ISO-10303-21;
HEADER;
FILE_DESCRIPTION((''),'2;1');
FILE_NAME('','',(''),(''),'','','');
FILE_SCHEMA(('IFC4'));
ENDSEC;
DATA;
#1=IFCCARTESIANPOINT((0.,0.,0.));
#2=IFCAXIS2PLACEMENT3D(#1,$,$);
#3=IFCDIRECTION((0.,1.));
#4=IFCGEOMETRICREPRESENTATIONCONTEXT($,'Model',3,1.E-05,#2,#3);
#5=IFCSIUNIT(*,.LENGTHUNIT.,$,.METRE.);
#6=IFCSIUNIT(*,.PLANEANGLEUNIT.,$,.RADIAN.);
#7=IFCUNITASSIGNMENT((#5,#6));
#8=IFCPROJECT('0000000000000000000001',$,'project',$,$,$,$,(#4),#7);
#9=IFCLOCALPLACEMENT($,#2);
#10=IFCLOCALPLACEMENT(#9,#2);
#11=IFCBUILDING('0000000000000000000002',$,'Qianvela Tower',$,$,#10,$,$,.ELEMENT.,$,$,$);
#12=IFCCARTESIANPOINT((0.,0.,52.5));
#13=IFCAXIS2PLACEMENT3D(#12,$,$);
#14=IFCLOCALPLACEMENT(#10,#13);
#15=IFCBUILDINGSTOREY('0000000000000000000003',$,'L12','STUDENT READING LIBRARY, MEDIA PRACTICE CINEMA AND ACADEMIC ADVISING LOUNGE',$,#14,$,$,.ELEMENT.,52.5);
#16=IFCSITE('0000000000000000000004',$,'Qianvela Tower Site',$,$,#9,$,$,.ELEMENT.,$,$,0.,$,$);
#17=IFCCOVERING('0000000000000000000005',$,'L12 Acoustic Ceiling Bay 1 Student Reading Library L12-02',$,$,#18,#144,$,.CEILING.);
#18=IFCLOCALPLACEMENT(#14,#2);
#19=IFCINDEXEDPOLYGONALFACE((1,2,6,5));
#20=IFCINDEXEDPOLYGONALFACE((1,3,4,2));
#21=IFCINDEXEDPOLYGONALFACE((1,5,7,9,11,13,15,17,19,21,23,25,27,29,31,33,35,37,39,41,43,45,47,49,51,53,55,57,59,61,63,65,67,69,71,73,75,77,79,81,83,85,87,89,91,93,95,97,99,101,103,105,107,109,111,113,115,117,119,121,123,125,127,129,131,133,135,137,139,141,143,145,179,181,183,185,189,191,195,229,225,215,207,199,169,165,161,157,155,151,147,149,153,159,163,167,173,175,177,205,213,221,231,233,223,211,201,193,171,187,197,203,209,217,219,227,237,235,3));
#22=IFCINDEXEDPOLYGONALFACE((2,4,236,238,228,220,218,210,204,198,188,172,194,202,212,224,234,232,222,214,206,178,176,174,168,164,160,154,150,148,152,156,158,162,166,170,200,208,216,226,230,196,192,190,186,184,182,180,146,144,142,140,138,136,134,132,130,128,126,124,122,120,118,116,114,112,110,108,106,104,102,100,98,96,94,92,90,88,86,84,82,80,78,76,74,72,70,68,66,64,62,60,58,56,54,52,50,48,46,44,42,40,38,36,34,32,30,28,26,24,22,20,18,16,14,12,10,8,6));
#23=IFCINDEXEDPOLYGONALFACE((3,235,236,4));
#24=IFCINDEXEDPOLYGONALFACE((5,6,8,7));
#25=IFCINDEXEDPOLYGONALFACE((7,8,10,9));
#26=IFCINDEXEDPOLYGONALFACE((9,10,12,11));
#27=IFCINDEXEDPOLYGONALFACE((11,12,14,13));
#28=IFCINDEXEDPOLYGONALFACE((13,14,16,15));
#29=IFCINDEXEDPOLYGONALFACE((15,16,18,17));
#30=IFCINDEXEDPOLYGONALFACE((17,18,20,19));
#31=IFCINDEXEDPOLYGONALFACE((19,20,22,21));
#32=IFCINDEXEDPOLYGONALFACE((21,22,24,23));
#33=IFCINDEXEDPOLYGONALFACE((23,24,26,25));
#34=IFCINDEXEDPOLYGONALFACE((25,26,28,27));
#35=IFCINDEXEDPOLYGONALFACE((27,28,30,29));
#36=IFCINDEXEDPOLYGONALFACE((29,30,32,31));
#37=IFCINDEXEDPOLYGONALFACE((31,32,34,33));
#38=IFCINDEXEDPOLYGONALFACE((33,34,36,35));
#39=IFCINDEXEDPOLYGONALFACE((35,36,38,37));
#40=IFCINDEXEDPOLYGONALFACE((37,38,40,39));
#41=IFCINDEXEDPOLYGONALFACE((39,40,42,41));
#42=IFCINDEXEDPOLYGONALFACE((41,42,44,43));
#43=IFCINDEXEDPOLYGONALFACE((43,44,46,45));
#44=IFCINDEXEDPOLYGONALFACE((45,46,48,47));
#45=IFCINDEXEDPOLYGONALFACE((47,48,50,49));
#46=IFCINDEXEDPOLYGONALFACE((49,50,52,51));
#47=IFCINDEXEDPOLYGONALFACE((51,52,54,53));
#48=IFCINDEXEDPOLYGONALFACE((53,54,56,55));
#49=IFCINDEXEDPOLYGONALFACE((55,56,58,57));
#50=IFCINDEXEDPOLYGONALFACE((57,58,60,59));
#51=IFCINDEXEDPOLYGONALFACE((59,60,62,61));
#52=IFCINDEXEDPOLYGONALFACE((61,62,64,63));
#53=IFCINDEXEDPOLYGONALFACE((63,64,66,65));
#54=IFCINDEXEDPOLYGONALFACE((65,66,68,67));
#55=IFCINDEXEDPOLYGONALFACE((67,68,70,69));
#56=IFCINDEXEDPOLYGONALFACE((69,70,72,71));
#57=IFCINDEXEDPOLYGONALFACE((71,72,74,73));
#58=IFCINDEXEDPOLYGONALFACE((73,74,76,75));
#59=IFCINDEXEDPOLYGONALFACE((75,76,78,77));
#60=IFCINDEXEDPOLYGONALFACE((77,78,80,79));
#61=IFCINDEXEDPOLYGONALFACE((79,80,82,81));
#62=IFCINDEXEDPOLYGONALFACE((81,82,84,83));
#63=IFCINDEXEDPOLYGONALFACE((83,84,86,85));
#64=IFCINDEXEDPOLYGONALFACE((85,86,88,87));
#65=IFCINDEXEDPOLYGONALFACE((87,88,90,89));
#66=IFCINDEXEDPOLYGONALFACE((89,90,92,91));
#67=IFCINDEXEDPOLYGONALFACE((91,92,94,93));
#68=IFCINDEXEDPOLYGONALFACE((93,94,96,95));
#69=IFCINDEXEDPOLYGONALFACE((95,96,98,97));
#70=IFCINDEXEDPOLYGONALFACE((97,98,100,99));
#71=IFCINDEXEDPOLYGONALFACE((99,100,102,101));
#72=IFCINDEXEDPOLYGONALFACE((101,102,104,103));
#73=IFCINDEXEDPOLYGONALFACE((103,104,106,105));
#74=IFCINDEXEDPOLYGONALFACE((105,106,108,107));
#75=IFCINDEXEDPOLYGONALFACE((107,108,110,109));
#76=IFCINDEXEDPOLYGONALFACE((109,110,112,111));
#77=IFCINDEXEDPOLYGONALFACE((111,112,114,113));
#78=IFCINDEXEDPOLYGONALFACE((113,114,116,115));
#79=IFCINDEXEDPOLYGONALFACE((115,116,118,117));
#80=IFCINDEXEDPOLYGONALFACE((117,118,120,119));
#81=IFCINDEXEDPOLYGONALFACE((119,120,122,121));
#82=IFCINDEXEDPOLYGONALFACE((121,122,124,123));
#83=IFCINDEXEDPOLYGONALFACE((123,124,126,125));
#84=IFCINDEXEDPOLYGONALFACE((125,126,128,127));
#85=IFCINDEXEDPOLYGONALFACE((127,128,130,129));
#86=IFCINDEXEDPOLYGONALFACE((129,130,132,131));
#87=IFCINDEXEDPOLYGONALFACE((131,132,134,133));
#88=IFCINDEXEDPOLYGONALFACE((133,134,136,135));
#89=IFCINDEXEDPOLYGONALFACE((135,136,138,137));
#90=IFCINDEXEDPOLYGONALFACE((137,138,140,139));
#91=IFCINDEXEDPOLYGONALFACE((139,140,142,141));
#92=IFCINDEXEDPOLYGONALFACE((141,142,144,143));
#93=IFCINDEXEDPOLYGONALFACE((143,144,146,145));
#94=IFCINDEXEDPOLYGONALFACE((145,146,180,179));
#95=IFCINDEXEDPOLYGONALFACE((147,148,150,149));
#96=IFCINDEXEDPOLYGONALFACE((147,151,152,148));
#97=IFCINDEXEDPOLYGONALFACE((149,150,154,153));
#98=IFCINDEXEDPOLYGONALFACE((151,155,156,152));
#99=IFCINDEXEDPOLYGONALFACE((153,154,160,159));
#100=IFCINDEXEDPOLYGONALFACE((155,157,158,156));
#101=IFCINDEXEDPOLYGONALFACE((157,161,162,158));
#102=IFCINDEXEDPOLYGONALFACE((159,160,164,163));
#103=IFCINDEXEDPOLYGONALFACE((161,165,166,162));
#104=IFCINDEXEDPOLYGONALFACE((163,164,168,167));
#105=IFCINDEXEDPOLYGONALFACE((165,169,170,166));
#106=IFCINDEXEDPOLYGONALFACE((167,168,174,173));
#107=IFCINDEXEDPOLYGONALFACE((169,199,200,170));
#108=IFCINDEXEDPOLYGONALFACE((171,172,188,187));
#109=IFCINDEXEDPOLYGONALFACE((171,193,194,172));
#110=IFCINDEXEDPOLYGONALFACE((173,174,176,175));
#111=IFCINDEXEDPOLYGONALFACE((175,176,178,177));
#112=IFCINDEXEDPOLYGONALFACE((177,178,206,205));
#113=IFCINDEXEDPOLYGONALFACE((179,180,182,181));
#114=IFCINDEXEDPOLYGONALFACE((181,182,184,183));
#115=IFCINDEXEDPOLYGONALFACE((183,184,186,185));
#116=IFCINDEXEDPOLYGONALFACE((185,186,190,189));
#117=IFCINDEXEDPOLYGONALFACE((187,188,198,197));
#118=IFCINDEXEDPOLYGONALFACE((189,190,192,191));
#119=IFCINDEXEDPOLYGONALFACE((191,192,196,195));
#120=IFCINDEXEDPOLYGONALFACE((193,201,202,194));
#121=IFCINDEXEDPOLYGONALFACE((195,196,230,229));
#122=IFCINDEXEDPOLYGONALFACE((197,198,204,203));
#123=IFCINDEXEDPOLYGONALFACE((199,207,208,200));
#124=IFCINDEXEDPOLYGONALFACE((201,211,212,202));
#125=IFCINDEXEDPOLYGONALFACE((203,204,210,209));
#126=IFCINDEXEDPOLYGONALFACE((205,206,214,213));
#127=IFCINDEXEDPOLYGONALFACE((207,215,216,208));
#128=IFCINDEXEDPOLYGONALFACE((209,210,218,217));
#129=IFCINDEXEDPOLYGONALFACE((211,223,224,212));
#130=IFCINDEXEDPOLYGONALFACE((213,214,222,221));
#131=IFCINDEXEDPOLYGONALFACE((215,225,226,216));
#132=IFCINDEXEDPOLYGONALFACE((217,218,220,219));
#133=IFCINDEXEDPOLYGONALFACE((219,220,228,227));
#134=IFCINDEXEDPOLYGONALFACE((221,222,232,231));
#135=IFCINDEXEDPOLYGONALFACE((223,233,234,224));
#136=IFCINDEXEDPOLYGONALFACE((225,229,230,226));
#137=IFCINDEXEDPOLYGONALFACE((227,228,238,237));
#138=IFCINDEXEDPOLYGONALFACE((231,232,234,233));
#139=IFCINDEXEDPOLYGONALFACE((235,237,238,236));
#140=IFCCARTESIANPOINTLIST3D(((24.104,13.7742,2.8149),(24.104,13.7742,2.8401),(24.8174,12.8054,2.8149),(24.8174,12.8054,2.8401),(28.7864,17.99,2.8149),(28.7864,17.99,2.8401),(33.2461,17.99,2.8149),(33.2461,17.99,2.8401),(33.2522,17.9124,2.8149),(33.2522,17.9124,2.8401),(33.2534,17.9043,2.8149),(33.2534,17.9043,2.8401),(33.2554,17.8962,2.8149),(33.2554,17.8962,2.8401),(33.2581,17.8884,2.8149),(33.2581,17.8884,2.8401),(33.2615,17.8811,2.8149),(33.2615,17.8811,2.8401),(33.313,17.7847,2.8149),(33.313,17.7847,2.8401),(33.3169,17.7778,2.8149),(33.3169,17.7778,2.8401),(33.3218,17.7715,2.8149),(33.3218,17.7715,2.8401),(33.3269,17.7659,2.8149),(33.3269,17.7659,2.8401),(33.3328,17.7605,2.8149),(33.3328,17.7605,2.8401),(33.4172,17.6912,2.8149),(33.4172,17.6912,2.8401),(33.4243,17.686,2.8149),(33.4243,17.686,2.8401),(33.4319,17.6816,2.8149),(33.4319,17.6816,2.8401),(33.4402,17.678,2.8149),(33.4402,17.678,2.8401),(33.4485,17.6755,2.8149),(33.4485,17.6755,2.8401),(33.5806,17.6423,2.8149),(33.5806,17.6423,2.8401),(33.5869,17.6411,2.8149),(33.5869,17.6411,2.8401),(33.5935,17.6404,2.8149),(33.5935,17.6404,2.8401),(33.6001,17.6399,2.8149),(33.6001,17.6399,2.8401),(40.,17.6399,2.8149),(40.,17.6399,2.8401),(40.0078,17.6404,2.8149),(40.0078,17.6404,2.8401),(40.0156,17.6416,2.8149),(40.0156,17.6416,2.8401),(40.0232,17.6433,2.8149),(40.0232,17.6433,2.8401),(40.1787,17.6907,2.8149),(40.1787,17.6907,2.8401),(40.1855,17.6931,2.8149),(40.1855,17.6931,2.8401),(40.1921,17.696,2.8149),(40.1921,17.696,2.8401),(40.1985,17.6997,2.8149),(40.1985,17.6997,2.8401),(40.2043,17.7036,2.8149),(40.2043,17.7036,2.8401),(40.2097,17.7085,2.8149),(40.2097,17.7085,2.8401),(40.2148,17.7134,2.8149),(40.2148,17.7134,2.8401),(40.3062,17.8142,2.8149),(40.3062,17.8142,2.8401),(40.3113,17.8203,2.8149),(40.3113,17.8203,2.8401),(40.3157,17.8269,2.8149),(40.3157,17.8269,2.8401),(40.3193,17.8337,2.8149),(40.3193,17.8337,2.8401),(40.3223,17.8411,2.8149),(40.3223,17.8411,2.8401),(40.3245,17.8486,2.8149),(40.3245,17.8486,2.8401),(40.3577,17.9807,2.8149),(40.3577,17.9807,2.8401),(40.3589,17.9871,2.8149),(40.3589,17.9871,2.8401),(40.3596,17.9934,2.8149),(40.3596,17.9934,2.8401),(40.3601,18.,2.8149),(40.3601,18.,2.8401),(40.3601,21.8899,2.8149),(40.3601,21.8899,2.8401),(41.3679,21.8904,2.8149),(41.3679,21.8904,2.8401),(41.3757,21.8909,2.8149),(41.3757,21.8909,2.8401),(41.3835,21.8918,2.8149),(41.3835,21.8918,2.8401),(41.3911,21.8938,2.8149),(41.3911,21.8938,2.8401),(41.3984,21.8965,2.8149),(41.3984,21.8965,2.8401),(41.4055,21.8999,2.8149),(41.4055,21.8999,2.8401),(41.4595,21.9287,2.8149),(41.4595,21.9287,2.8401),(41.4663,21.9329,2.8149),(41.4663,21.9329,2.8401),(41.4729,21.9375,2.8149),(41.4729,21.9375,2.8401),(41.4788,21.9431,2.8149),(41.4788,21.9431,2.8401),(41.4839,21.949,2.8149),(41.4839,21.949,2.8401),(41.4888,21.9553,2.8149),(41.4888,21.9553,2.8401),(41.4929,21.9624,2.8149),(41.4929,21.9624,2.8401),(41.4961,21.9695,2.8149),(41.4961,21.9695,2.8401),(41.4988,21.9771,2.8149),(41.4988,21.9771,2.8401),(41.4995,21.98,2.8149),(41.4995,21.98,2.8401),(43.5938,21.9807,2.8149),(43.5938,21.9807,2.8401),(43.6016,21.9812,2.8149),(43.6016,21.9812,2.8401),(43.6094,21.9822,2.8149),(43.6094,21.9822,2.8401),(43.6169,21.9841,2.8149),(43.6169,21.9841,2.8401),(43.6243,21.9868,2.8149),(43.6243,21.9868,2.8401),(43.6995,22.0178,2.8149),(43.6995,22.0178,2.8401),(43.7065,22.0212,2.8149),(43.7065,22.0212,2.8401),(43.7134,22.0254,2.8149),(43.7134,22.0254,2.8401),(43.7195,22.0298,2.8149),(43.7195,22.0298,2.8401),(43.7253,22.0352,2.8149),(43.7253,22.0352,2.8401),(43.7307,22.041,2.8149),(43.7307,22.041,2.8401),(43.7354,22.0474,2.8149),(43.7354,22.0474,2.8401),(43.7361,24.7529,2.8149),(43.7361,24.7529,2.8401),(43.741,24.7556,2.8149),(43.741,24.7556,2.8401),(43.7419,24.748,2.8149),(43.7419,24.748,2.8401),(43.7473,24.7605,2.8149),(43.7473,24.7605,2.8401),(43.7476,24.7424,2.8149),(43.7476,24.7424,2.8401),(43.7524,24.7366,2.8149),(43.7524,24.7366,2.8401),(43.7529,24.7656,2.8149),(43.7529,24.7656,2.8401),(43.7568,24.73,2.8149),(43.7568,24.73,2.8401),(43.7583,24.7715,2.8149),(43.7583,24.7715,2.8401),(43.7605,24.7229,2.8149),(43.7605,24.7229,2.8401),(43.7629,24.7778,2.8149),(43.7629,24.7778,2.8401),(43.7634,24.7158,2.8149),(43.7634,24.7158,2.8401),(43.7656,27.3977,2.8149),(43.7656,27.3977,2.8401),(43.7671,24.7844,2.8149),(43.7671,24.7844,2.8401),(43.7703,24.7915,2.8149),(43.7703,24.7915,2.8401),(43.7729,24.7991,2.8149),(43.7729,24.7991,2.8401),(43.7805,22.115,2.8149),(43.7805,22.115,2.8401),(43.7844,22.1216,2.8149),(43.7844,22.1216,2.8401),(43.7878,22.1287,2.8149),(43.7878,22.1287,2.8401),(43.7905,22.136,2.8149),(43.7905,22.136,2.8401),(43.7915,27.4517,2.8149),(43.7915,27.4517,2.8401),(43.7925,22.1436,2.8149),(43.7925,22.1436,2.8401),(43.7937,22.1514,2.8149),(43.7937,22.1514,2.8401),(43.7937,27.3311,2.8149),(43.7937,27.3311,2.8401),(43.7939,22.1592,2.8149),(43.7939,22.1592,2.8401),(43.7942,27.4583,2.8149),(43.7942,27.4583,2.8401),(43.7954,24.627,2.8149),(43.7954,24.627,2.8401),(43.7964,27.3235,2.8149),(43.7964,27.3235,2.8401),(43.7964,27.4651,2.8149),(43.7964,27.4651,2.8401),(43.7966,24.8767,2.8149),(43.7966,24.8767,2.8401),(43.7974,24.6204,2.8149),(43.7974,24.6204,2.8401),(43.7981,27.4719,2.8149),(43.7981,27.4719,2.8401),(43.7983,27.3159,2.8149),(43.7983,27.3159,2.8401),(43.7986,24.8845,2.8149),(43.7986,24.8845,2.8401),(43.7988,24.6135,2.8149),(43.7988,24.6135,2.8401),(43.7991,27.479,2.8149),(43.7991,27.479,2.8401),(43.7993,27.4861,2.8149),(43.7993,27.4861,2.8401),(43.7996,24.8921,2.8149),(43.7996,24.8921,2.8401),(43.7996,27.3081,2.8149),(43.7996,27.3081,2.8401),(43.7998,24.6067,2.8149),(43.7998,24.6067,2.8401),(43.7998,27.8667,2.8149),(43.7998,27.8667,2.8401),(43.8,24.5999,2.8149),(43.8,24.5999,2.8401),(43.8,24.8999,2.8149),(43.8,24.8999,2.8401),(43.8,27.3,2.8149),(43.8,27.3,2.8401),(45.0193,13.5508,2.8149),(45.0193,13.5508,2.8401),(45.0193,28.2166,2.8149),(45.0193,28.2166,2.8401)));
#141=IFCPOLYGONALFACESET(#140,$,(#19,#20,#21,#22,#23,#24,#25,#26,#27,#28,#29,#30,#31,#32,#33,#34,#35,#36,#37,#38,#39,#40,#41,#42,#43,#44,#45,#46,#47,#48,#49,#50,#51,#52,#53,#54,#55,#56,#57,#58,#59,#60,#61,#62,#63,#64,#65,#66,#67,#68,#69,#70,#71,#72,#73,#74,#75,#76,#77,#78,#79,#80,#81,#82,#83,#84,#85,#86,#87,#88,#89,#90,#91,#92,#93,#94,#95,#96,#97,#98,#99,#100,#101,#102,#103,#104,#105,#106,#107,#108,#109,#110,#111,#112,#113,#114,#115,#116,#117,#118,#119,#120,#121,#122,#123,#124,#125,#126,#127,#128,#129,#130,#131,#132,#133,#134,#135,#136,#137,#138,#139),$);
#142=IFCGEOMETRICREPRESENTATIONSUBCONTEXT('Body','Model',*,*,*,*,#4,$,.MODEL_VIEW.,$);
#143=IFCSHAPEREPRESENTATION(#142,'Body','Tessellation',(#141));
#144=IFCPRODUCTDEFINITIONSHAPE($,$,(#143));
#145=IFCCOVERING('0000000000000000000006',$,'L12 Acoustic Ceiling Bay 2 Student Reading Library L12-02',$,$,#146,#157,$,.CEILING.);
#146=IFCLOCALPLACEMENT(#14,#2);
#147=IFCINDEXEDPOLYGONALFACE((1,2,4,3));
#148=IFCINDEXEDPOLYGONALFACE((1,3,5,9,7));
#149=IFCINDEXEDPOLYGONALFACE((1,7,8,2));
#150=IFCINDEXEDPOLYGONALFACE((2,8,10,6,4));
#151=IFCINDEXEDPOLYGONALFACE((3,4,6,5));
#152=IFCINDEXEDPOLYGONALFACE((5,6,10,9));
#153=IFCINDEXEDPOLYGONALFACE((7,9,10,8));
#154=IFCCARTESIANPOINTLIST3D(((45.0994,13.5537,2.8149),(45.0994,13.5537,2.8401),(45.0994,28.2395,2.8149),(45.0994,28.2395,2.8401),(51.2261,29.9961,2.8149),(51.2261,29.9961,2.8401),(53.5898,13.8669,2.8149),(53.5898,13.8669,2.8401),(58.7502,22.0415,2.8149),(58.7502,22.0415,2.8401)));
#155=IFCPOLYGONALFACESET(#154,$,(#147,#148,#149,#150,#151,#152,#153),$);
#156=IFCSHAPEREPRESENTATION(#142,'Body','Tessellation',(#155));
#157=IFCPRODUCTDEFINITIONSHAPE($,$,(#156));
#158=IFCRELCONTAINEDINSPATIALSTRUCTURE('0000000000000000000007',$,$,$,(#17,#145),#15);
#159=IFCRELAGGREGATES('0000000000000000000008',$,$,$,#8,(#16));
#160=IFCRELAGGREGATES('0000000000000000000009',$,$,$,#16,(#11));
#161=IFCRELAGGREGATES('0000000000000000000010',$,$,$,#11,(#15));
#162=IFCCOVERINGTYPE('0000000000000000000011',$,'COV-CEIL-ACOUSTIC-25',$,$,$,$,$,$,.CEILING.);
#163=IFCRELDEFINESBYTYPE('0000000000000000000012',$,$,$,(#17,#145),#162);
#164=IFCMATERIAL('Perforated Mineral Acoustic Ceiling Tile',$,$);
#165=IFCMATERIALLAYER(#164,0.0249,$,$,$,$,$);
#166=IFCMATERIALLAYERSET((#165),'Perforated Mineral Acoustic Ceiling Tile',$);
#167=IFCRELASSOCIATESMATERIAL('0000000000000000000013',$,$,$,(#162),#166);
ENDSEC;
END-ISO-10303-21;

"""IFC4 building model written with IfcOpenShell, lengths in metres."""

from ifc_helpers import new_model, si_unit, direction, frame, origin, place, context, subcontext, project, spatial, polyline, outline, extrude, material, layer, layer_set, type_object, element, save


model = new_model("IFC4")

# Units and contexts
model_context = context("Model", 3, precision=1e-05, world=origin(), true_north=direction((0.0, 1.0)))
body_context = subcontext(model_context, "Body", "Model", "MODEL_VIEW")
ifc_project = project(units=[si_unit("LENGTHUNIT", "METRE"), si_unit("PLANEANGLEUNIT", "RADIAN")], contexts=[model_context])

# Site, building, storey
site_placement = place(None, origin())
site = spatial("IfcSite", under=ifc_project, at=site_placement, Name="Qianvela Tower Site", CompositionType="ELEMENT", RefElevation=0.0)
building_placement = place(site_placement, origin())
building = spatial("IfcBuilding", under=site, at=building_placement, Name="Qianvela Tower", CompositionType="ELEMENT")
storey_placement = place(building_placement, frame((0.0, 0.0, 52.5)))
storey = spatial("IfcBuildingStorey", under=building, at=storey_placement, Name="L12", Description="STUDENT READING LIBRARY, MEDIA PRACTICE CINEMA AND ACADEMIC ADVISING LOUNGE", CompositionType="ELEMENT", Elevation=52.5)

# Coverings
ifc_material_1 = material(Name="Perforated Mineral Acoustic Ceiling Tile")
ifc_layer_1 = layer(ifc_material_1, 0.0249)
ifc_layer_set_1 = layer_set([ifc_layer_1], Name="Perforated Mineral Acoustic Ceiling Tile")
covering_type_1 = type_object("IfcCoveringType", Name="COV-CEIL-ACOUSTIC-25", PredefinedType="CEILING", material=ifc_layer_set_1)
covering_1_placement = place(storey_placement, frame((0.0, 0.0, 2.8149)))
element("IfcCovering", 1, at=covering_1_placement, inside=storey, type_object=covering_type_1, Name="L12 Acoustic Ceiling Bay 1 Student Reading Library L12-02", PredefinedType="CEILING", context=body_context, shape_type="SweptSolid", body=[
    extrude(outline(polyline([(28.7864, 17.99), (33.2461, 17.99), (33.2522, 17.9124), (33.2534, 17.9043), (33.2554, 17.8962), (33.2581, 17.8884), (33.2615, 17.8811), (33.313, 17.7847), (33.3169, 17.7778), (33.3218, 17.7715), (33.3269, 17.7659), (33.3328, 17.7605), (33.4172, 17.6912), (33.4243, 17.686), (33.4319, 17.6816), (33.4402, 17.678), (33.4485, 17.6755), (33.5806, 17.6423), (33.5869, 17.6411), (33.5935, 17.6404), (33.6001, 17.6399), (40.0, 17.6399), (40.0078, 17.6404), (40.0156, 17.6416), (40.0232, 17.6433), (40.1787, 17.6907), (40.1855, 17.6931), (40.1921, 17.696), (40.1985, 17.6997), (40.2043, 17.7036), (40.2097, 17.7085), (40.2148, 17.7134), (40.3062, 17.8142), (40.3113, 17.8203), (40.3157, 17.8269), (40.3193, 17.8337), (40.3223, 17.8411), (40.3245, 17.8486), (40.3577, 17.9807), (40.3589, 17.9871), (40.3596, 17.9934), (40.3601, 18.0), (40.3601, 21.8899), (41.3679, 21.8904), (41.3757, 21.8909), (41.3835, 21.8918), (41.3911, 21.8938), (41.3984, 21.8965), (41.4055, 21.8999), (41.4595, 21.9287), (41.4663, 21.9329), (41.4729, 21.9375), (41.4788, 21.9431), (41.4839, 21.949), (41.4888, 21.9553), (41.4929, 21.9624), (41.4961, 21.9695), (41.4988, 21.9771), (41.4995, 21.98), (43.5938, 21.9807), (43.6016, 21.9812), (43.6094, 21.9822), (43.6169, 21.9841), (43.6243, 21.9868), (43.6995, 22.0178), (43.7065, 22.0212), (43.7134, 22.0254), (43.7195, 22.0298), (43.7253, 22.0352), (43.7307, 22.041), (43.7354, 22.0474), (43.7805, 22.115), (43.7844, 22.1216), (43.7878, 22.1287), (43.7905, 22.136), (43.7925, 22.1436), (43.7937, 22.1514), (43.7939, 22.1592), (43.8, 24.5999), (43.7998, 24.6067), (43.7988, 24.6135), (43.7974, 24.6204), (43.7954, 24.627), (43.7634, 24.7158), (43.7605, 24.7229), (43.7568, 24.73), (43.7524, 24.7366), (43.7476, 24.7424), (43.7419, 24.748), (43.7361, 24.7529), (43.741, 24.7556), (43.7473, 24.7605), (43.7529, 24.7656), (43.7583, 24.7715), (43.7629, 24.7778), (43.7671, 24.7844), (43.7703, 24.7915), (43.7729, 24.7991), (43.7966, 24.8767), (43.7986, 24.8845), (43.7996, 24.8921), (43.8, 24.8999), (43.8, 27.3), (43.7996, 27.3081), (43.7983, 27.3159), (43.7964, 27.3235), (43.7937, 27.3311), (43.7656, 27.3977), (43.7915, 27.4517), (43.7942, 27.4583), (43.7964, 27.4651), (43.7981, 27.4719), (43.7991, 27.479), (43.7993, 27.4861), (43.7998, 27.8667), (45.0193, 28.2166), (45.0193, 13.5508), (24.8174, 12.8054), (24.104, 13.7742), (28.7864, 17.99)])), origin(), (0.0, 0.0, 1.0), 0.0251),
])
covering_2_placement = place(storey_placement, frame((0.0, 0.0, 2.8149)))
element("IfcCovering", 2, at=covering_2_placement, inside=storey, type_object=covering_type_1, Name="L12 Acoustic Ceiling Bay 2 Student Reading Library L12-02", PredefinedType="CEILING", context=body_context, shape_type="SweptSolid", body=[
    extrude(outline(polyline([(51.2261, 29.9961), (58.7502, 22.0415), (53.5898, 13.8669), (45.0994, 13.5537), (45.0994, 28.2395), (51.2261, 29.9961)])), origin(), (0.0, 0.0, 1.0), 0.0251),
])

save(model, "model.ifc")
